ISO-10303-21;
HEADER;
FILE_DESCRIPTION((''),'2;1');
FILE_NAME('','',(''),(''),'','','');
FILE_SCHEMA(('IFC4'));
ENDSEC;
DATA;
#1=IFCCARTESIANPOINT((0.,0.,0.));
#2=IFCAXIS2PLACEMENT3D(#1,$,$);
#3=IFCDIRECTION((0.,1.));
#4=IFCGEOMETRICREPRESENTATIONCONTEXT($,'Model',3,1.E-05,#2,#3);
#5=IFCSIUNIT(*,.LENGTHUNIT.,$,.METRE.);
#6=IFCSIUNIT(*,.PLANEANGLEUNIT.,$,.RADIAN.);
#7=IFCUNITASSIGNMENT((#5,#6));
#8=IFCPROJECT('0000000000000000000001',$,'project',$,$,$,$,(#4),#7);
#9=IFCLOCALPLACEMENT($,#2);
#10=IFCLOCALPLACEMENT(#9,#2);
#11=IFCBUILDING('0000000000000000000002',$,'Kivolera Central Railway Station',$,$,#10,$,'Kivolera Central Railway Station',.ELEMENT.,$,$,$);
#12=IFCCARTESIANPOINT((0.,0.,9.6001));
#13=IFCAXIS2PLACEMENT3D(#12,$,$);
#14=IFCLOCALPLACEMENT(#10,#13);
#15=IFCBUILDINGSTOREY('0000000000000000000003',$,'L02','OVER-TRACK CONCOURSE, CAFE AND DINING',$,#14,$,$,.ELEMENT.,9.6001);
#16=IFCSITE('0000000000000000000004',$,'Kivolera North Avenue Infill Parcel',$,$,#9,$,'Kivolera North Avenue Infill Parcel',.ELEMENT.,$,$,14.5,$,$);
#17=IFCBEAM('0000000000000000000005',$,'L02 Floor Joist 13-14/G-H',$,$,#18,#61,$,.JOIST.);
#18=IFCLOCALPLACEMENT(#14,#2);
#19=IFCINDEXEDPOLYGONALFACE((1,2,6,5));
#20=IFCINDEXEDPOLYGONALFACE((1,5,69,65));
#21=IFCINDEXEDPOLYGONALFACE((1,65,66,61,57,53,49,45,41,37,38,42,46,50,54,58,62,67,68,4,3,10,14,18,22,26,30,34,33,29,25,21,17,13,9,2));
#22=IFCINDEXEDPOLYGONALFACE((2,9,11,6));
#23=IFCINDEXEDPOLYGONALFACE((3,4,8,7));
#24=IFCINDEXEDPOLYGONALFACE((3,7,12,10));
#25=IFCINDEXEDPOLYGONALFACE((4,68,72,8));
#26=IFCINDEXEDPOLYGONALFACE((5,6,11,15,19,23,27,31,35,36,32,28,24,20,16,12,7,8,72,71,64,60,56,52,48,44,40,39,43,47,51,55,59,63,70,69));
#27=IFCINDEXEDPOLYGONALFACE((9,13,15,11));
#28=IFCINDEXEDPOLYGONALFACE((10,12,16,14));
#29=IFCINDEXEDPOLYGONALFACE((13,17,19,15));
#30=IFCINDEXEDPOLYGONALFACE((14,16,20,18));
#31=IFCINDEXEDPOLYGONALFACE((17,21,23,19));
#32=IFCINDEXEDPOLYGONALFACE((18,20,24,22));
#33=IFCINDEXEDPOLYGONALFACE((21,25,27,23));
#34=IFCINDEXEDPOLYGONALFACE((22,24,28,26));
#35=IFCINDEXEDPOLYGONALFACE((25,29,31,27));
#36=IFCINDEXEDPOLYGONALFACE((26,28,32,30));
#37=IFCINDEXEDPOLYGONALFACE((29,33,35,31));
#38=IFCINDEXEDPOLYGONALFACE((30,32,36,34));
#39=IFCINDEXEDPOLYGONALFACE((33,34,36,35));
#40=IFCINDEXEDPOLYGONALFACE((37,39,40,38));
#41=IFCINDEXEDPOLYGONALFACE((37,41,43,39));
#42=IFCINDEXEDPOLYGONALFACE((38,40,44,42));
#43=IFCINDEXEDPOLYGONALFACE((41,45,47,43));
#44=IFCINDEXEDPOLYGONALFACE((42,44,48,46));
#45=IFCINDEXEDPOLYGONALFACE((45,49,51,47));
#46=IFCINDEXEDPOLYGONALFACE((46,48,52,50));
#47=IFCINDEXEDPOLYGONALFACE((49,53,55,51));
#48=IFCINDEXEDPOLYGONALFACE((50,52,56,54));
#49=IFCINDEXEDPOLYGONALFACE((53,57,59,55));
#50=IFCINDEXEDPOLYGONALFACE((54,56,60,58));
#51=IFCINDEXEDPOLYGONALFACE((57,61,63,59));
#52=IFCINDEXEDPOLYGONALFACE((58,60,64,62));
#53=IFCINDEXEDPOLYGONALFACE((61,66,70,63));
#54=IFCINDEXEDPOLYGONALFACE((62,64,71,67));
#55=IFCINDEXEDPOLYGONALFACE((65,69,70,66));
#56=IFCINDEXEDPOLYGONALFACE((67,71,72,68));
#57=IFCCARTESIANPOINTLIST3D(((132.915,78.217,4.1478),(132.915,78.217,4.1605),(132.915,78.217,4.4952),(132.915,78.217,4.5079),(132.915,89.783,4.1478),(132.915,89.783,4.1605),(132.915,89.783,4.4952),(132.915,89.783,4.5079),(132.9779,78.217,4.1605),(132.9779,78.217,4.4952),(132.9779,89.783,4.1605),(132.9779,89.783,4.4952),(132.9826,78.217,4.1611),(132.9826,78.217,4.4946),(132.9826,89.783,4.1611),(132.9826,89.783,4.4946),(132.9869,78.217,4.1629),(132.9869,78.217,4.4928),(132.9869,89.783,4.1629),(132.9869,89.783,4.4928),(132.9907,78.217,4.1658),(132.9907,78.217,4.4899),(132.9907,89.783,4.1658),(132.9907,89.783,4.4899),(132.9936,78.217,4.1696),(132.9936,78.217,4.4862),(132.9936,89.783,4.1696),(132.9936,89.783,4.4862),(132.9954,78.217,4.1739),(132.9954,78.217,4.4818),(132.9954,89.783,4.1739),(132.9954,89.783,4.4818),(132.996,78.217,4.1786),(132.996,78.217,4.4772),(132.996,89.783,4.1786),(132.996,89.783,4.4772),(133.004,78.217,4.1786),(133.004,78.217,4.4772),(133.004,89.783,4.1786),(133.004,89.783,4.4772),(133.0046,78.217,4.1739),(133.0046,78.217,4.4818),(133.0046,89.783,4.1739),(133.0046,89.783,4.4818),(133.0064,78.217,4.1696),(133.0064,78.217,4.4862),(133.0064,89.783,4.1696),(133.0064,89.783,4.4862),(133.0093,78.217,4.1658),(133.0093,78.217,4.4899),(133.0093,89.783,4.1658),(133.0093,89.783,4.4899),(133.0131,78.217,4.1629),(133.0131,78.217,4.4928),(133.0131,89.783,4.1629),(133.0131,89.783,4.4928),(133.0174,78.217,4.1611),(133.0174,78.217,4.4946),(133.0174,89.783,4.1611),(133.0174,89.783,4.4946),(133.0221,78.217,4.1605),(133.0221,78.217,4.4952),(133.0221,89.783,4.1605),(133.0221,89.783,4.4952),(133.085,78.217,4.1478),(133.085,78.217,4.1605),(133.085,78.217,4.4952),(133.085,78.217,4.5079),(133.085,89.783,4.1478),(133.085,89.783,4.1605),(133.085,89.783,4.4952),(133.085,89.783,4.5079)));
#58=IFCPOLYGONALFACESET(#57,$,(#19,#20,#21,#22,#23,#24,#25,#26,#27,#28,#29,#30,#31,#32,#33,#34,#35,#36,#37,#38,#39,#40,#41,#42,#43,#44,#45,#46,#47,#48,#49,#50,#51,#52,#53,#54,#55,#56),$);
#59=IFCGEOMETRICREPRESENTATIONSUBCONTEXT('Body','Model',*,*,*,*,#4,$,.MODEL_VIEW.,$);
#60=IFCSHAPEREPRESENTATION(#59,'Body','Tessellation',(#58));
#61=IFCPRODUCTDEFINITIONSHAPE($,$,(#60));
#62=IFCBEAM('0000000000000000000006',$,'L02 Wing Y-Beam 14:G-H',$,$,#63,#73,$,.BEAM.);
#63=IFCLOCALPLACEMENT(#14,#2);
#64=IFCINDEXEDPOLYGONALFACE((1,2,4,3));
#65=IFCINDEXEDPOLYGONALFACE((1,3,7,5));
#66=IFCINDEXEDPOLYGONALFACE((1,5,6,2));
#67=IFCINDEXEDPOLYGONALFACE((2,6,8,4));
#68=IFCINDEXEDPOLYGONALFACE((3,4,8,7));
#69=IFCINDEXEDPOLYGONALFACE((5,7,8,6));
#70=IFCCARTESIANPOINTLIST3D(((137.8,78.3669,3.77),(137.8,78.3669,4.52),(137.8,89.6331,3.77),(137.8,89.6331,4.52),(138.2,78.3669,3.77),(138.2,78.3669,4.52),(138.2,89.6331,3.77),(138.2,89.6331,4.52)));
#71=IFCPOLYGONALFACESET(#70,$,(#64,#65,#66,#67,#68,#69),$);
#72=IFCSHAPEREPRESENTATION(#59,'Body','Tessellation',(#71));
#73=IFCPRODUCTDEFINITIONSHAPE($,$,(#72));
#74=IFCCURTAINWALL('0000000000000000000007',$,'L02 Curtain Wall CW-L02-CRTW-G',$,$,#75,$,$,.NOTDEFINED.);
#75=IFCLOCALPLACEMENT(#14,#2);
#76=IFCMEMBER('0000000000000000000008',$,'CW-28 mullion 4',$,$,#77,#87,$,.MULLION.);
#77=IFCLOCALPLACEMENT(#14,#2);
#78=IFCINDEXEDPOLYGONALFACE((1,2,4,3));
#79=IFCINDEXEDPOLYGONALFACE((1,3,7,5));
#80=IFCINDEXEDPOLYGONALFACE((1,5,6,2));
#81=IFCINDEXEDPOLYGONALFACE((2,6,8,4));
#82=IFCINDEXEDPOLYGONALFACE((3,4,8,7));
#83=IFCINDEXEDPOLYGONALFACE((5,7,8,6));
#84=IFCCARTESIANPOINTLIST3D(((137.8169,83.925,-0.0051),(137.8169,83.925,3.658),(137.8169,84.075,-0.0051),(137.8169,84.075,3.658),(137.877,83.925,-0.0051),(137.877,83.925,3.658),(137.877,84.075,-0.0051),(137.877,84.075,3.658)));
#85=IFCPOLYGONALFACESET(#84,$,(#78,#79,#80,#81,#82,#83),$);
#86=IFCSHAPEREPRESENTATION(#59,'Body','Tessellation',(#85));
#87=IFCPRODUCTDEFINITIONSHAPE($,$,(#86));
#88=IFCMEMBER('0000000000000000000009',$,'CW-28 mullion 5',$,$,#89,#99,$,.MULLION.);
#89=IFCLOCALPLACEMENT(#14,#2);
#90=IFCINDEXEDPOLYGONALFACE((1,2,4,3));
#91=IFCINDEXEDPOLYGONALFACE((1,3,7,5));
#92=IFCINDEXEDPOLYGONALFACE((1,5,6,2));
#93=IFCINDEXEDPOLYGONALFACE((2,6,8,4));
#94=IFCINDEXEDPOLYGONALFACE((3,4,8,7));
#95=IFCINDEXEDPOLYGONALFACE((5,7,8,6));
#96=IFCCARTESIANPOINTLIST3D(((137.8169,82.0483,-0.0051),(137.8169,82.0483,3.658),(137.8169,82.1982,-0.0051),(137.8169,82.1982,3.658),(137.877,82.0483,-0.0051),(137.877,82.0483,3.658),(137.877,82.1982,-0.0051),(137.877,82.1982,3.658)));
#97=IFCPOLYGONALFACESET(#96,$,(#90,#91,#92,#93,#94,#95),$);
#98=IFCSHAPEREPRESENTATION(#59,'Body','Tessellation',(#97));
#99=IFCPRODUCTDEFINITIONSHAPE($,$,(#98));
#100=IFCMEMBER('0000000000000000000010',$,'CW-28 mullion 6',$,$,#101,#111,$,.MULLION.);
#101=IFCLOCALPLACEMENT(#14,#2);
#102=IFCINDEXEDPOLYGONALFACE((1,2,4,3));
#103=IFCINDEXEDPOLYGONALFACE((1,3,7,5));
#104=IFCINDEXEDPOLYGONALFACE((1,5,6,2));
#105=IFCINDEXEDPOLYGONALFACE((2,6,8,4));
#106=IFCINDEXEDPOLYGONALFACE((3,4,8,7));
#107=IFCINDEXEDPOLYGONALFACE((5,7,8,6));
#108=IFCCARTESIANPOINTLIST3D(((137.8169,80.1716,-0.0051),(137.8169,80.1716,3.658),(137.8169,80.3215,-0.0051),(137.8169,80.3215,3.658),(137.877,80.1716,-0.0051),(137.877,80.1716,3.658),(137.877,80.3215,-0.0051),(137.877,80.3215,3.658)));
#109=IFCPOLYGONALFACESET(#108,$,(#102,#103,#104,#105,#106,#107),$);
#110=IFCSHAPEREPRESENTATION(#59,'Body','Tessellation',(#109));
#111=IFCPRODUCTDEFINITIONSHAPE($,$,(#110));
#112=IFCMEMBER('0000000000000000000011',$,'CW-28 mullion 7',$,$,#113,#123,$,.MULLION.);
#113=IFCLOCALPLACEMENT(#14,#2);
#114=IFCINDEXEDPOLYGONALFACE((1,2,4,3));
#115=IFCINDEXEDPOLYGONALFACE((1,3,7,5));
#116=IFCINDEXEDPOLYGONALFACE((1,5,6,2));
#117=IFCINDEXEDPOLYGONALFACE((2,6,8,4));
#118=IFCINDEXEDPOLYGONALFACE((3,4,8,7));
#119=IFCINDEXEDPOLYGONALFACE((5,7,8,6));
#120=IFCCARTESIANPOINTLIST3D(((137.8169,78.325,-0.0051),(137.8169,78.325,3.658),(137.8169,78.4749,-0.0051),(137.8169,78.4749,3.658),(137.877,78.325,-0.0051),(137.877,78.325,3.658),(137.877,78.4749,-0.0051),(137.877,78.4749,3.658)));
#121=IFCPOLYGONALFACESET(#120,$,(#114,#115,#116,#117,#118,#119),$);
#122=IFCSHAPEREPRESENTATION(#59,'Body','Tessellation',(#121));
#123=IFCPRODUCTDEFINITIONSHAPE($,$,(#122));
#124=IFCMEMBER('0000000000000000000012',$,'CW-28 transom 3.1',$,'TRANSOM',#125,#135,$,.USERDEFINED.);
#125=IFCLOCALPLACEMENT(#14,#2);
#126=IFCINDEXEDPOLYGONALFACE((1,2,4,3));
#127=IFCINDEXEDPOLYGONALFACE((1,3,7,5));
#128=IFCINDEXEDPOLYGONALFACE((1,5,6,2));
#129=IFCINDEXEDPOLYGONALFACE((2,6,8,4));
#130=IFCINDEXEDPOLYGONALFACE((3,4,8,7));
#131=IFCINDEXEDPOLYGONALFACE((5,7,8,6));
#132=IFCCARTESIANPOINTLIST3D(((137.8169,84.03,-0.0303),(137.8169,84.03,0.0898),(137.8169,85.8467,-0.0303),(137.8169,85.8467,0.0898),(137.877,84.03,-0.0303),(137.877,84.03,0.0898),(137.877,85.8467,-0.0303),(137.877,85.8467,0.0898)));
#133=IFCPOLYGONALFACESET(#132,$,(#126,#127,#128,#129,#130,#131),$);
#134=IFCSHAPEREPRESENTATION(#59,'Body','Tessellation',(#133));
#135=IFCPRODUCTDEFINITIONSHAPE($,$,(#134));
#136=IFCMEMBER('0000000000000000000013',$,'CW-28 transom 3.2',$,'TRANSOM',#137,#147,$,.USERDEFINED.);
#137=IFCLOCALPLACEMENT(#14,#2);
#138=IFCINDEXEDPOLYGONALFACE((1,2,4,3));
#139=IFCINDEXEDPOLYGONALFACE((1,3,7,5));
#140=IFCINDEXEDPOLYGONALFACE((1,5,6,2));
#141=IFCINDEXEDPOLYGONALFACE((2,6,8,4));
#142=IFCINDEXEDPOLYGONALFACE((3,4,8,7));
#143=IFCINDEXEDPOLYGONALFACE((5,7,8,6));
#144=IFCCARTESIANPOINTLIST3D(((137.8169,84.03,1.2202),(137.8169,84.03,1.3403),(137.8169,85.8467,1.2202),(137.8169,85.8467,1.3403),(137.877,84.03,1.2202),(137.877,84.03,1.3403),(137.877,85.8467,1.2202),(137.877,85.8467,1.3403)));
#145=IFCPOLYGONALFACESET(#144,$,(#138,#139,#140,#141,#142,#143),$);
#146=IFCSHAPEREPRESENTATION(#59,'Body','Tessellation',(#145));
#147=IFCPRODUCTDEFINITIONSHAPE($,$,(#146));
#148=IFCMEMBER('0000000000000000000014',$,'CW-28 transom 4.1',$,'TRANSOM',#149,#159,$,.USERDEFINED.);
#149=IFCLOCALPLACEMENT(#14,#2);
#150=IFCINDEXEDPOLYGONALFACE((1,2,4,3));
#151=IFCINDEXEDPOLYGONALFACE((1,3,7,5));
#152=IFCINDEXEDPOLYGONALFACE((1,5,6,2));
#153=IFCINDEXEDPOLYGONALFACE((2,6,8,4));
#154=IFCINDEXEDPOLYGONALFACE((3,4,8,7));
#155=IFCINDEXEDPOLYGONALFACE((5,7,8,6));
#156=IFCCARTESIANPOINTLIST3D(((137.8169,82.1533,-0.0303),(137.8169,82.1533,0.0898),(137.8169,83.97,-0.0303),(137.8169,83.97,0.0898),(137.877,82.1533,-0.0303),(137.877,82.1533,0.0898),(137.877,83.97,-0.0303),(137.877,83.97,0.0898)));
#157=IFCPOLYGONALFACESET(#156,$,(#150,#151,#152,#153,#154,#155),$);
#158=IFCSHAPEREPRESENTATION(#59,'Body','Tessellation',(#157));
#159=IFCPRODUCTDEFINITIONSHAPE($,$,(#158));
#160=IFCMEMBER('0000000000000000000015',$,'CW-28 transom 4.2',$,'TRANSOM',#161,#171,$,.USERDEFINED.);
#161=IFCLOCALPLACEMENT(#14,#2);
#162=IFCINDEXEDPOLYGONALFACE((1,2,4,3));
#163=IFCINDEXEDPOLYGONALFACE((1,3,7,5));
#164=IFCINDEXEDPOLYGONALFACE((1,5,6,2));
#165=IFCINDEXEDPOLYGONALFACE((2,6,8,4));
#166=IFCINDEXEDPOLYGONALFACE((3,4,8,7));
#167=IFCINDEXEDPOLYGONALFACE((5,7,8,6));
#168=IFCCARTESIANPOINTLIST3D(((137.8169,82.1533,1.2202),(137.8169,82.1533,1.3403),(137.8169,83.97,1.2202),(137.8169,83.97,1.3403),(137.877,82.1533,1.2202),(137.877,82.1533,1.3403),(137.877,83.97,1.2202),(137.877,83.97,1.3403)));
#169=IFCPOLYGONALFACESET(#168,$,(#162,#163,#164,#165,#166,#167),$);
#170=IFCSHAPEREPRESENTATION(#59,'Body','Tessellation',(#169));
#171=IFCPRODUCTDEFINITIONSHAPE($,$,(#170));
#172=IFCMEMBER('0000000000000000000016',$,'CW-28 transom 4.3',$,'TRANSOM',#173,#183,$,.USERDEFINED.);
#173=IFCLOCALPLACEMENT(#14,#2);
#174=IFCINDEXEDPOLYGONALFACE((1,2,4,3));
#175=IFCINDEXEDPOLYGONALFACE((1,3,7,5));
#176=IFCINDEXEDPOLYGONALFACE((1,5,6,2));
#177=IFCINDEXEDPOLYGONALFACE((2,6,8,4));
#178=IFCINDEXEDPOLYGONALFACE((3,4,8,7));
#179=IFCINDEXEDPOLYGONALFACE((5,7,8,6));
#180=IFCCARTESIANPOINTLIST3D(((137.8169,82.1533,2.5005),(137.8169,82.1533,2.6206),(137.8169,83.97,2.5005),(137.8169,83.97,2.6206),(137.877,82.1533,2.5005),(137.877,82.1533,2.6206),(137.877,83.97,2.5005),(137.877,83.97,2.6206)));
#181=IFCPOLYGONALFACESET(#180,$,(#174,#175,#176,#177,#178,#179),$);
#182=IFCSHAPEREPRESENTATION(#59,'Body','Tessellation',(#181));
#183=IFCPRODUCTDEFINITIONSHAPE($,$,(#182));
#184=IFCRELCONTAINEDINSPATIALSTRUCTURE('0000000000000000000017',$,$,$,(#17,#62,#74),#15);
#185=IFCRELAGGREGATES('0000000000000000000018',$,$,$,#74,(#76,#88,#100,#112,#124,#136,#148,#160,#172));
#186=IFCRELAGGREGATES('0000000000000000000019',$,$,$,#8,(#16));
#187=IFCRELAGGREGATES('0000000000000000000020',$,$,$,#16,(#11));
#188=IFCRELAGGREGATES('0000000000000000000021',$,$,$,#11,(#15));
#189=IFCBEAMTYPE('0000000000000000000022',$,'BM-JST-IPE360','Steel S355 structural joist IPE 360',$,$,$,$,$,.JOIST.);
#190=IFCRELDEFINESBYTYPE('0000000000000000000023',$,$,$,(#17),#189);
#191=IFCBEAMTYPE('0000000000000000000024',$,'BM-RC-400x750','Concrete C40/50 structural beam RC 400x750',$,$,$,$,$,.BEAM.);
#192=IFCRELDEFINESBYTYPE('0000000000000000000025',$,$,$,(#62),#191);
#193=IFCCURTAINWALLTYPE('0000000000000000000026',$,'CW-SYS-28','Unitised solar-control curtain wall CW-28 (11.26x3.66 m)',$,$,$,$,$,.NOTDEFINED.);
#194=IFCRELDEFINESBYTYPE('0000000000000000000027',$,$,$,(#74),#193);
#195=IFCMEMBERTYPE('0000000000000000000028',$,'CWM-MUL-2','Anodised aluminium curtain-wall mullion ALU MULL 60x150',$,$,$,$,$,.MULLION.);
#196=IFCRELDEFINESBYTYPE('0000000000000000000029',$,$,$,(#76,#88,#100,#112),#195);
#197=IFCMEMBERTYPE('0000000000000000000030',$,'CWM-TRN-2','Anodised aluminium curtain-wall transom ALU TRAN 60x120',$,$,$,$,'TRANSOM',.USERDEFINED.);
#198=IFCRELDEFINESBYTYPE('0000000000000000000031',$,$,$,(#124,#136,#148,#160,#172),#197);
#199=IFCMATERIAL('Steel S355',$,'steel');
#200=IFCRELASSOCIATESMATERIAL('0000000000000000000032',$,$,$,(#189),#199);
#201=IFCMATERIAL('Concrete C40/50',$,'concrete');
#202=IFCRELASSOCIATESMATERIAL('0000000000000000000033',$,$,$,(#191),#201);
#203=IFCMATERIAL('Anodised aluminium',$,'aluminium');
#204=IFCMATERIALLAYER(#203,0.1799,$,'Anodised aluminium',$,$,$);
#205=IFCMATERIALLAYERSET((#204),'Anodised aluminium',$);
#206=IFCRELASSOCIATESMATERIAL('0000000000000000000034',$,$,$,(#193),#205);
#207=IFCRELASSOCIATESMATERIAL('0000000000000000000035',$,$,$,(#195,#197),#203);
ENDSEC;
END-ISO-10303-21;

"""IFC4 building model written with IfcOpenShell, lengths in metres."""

from ifc_helpers import new_model, si_unit, direction, frame, origin, origin_2d, place, context, subcontext, project, spatial, rectangle, i_section, extrude, material, layer, layer_set, material_profile, profile_set, type_object, element, aggregate, save


model = new_model("IFC4")

# Units and contexts
model_context = context("Model", 3, precision=1e-05, world=origin(), true_north=direction((0.0, 1.0)))
body_context = subcontext(model_context, "Body", "Model", "MODEL_VIEW")
ifc_project = project(units=[si_unit("LENGTHUNIT", "METRE"), si_unit("PLANEANGLEUNIT", "RADIAN")], contexts=[model_context])

# Site, building, storey
site_placement = place(None, origin())
site = spatial("IfcSite", under=ifc_project, at=site_placement, Name="Kivolera North Avenue Infill Parcel", LongName="Kivolera North Avenue Infill Parcel", CompositionType="ELEMENT", RefElevation=14.5)
building_placement = place(site_placement, origin())
building = spatial("IfcBuilding", under=site, at=building_placement, Name="Kivolera Central Railway Station", LongName="Kivolera Central Railway Station", CompositionType="ELEMENT")
storey_placement = place(building_placement, frame((0.0, 0.0, 9.6001)))
storey = spatial("IfcBuildingStorey", under=building, at=storey_placement, Name="L02", Description="OVER-TRACK CONCOURSE, CAFE AND DINING", CompositionType="ELEMENT", Elevation=9.6001)

# Beams
ifc_material_1 = material(Name="Steel S355", Category="steel")
ifc_material_profile_1 = material_profile(ifc_material_1, i_section(OverallWidth=0.1699, OverallDepth=0.3601, WebThickness=0.0081, FlangeThickness=0.0127, FilletRadius=0.0181, at=origin_2d()), Name="IPE 360")
ifc_profile_set_1 = profile_set([ifc_material_profile_1], Name="Steel S355")
beam_type_1 = type_object("IfcBeamType", Name="BM-JST-IPE360", Description="Steel S355 structural joist IPE 360", PredefinedType="JOIST", material=ifc_profile_set_1)
beam_1_placement = place(storey_placement, frame((133.0, 78.217, 4.3279), z_axis=(0.0, 1.0, 0.0), x_axis=(-1.0, 0.0, 0.0)))
element("IfcBeam", 1, at=beam_1_placement, inside=storey, type_object=beam_type_1, Name="L02 Floor Joist 13-14/G-H", PredefinedType="JOIST", context=body_context, shape_type="SweptSolid", body=[
    extrude(i_section(OverallWidth=0.1699, OverallDepth=0.3601, WebThickness=0.0081, FlangeThickness=0.0127, FilletRadius=0.0181, at=origin_2d()), origin(), (0.0, 0.0, 1.0), 11.5659),
])
ifc_material_2 = material(Name="Concrete C40/50", Category="concrete")
ifc_material_profile_2 = material_profile(ifc_material_2, rectangle(XDim=0.3999, YDim=0.75, at=origin_2d()), Name="RC 400x750")
ifc_profile_set_2 = profile_set([ifc_material_profile_2], Name="Concrete C40/50")
beam_type_2 = type_object("IfcBeamType", Name="BM-RC-400x750", Description="Concrete C40/50 structural beam RC 400x750", PredefinedType="BEAM", material=ifc_profile_set_2)
beam_2_placement = place(storey_placement, frame((138.0, 78.3669, 4.145), z_axis=(0.0, 1.0, 0.0), x_axis=(-1.0, 0.0, 0.0)))
element("IfcBeam", 2, at=beam_2_placement, inside=storey, type_object=beam_type_2, Name="L02 Wing Y-Beam 14:G-H", PredefinedType="BEAM", context=body_context, shape_type="SweptSolid", body=[
    extrude(rectangle(XDim=0.3999, YDim=0.75, at=origin_2d()), origin(), (0.0, 0.0, 1.0), 11.2661),
])

# Curtain wall, members
ifc_material_3 = material(Name="Anodised aluminium", Category="aluminium")
ifc_layer_1 = layer(ifc_material_3, 0.1799, Name="Anodised aluminium")
ifc_layer_set_1 = layer_set([ifc_layer_1], Name="Anodised aluminium")
curtain_wall_type = type_object("IfcCurtainWallType", Name="CW-SYS-28", Description="Unitised solar-control curtain wall CW-28 (11.26x3.66 m)", PredefinedType="NOTDEFINED", material=ifc_layer_set_1)
curtain_wall_placement = place(storey_placement, origin())
curtain_wall = element("IfcCurtainWall", 3, at=curtain_wall_placement, inside=storey, type_object=curtain_wall_type, Name="L02 Curtain Wall CW-L02-CRTW-G", PredefinedType="NOTDEFINED")
ifc_material_profile_3 = material_profile(ifc_material_3, rectangle(XDim=0.0601, YDim=0.1499, at=origin_2d()), Name="ALU MULL 60x150")
ifc_profile_set_3 = profile_set([ifc_material_profile_3], Name="Anodised aluminium")
member_type_1 = type_object("IfcMemberType", Name="CWM-MUL-2", Description="Anodised aluminium curtain-wall mullion ALU MULL 60x150", PredefinedType="MULLION", material=ifc_profile_set_3)
member_1_placement = place(storey_placement, frame((137.8469, 84.0, -0.0051), z_axis=(0.0, 0.0, 1.0), x_axis=(1.0, 0.0, 0.0)))
member_1 = element("IfcMember", 4, at=member_1_placement, type_object=member_type_1, Name="CW-28 mullion 4", PredefinedType="MULLION", context=body_context, shape_type="SweptSolid", body=[
    extrude(rectangle(XDim=0.0601, YDim=0.1499, at=origin_2d()), origin(), (0.0, 0.0, 1.0), 3.6631),
])
member_2_placement = place(storey_placement, frame((137.8469, 82.1233, -0.0051), z_axis=(0.0, 0.0, 1.0), x_axis=(1.0, 0.0, 0.0)))
member_2 = element("IfcMember", 5, at=member_2_placement, type_object=member_type_1, Name="CW-28 mullion 5", PredefinedType="MULLION", context=body_context, shape_type="SweptSolid", body=[
    extrude(rectangle(XDim=0.0601, YDim=0.1499, at=origin_2d()), origin(), (0.0, 0.0, 1.0), 3.6631),
])
member_3_placement = place(storey_placement, frame((137.8469, 80.2466, -0.0051), z_axis=(0.0, 0.0, 1.0), x_axis=(1.0, 0.0, 0.0)))
member_3 = element("IfcMember", 6, at=member_3_placement, type_object=member_type_1, Name="CW-28 mullion 6", PredefinedType="MULLION", context=body_context, shape_type="SweptSolid", body=[
    extrude(rectangle(XDim=0.0601, YDim=0.1499, at=origin_2d()), origin(), (0.0, 0.0, 1.0), 3.6631),
])
member_4_placement = place(storey_placement, frame((137.8469, 78.3999, -0.0051), z_axis=(0.0, 0.0, 1.0), x_axis=(1.0, 0.0, 0.0)))
member_4 = element("IfcMember", 7, at=member_4_placement, type_object=member_type_1, Name="CW-28 mullion 7", PredefinedType="MULLION", context=body_context, shape_type="SweptSolid", body=[
    extrude(rectangle(XDim=0.0601, YDim=0.1499, at=origin_2d()), origin(), (0.0, 0.0, 1.0), 3.6631),
])
ifc_material_profile_4 = material_profile(ifc_material_3, rectangle(XDim=0.0601, YDim=0.1201, at=origin_2d()), Name="ALU TRAN 60x120")
ifc_profile_set_4 = profile_set([ifc_material_profile_4], Name="Anodised aluminium")
member_type_2 = type_object("IfcMemberType", Name="CWM-TRN-2", Description="Anodised aluminium curtain-wall transom ALU TRAN 60x120", ElementType="TRANSOM", PredefinedType="USERDEFINED", material=ifc_profile_set_4)
member_5_placement = place(storey_placement, frame((137.8469, 85.8467, 0.0298), z_axis=(0.0, -1.0, 0.0), x_axis=(1.0, 0.0, 0.0)))
member_5 = element("IfcMember", 8, at=member_5_placement, type_object=member_type_2, Name="CW-28 transom 3.1", ObjectType="TRANSOM", PredefinedType="USERDEFINED", context=body_context, shape_type="SweptSolid", body=[
    extrude(rectangle(XDim=0.0601, YDim=0.1201, at=origin_2d()), origin(), (0.0, 0.0, 1.0), 1.8167),
])
member_6_placement = place(storey_placement, frame((137.8469, 85.8467, 1.2803), z_axis=(0.0, -1.0, 0.0), x_axis=(1.0, 0.0, 0.0)))
member_6 = element("IfcMember", 9, at=member_6_placement, type_object=member_type_2, Name="CW-28 transom 3.2", ObjectType="TRANSOM", PredefinedType="USERDEFINED", context=body_context, shape_type="SweptSolid", body=[
    extrude(rectangle(XDim=0.0601, YDim=0.1201, at=origin_2d()), origin(), (0.0, 0.0, 1.0), 1.8167),
])
member_7_placement = place(storey_placement, frame((137.8469, 83.97, 0.0298), z_axis=(0.0, -1.0, 0.0), x_axis=(1.0, 0.0, 0.0)))
member_7 = element("IfcMember", 10, at=member_7_placement, type_object=member_type_2, Name="CW-28 transom 4.1", ObjectType="TRANSOM", PredefinedType="USERDEFINED", context=body_context, shape_type="SweptSolid", body=[
    extrude(rectangle(XDim=0.0601, YDim=0.1201, at=origin_2d()), origin(), (0.0, 0.0, 1.0), 1.8167),
])
member_8_placement = place(storey_placement, frame((137.8469, 83.97, 1.2803), z_axis=(0.0, -1.0, 0.0), x_axis=(1.0, 0.0, 0.0)))
member_8 = element("IfcMember", 11, at=member_8_placement, type_object=member_type_2, Name="CW-28 transom 4.2", ObjectType="TRANSOM", PredefinedType="USERDEFINED", context=body_context, shape_type="SweptSolid", body=[
    extrude(rectangle(XDim=0.0601, YDim=0.1201, at=origin_2d()), origin(), (0.0, 0.0, 1.0), 1.8167),
])
member_9_placement = place(storey_placement, frame((137.8469, 83.97, 2.5605), z_axis=(0.0, -1.0, 0.0), x_axis=(1.0, 0.0, 0.0)))
member_9 = element("IfcMember", 12, at=member_9_placement, type_object=member_type_2, Name="CW-28 transom 4.3", ObjectType="TRANSOM", PredefinedType="USERDEFINED", context=body_context, shape_type="SweptSolid", body=[
    extrude(rectangle(XDim=0.0601, YDim=0.1201, at=origin_2d()), origin(), (0.0, 0.0, 1.0), 1.8167),
])
aggregate(curtain_wall, [member_1, member_2, member_3, member_4, member_5, member_6, member_7, member_8, member_9])

save(model, "model.ifc")
